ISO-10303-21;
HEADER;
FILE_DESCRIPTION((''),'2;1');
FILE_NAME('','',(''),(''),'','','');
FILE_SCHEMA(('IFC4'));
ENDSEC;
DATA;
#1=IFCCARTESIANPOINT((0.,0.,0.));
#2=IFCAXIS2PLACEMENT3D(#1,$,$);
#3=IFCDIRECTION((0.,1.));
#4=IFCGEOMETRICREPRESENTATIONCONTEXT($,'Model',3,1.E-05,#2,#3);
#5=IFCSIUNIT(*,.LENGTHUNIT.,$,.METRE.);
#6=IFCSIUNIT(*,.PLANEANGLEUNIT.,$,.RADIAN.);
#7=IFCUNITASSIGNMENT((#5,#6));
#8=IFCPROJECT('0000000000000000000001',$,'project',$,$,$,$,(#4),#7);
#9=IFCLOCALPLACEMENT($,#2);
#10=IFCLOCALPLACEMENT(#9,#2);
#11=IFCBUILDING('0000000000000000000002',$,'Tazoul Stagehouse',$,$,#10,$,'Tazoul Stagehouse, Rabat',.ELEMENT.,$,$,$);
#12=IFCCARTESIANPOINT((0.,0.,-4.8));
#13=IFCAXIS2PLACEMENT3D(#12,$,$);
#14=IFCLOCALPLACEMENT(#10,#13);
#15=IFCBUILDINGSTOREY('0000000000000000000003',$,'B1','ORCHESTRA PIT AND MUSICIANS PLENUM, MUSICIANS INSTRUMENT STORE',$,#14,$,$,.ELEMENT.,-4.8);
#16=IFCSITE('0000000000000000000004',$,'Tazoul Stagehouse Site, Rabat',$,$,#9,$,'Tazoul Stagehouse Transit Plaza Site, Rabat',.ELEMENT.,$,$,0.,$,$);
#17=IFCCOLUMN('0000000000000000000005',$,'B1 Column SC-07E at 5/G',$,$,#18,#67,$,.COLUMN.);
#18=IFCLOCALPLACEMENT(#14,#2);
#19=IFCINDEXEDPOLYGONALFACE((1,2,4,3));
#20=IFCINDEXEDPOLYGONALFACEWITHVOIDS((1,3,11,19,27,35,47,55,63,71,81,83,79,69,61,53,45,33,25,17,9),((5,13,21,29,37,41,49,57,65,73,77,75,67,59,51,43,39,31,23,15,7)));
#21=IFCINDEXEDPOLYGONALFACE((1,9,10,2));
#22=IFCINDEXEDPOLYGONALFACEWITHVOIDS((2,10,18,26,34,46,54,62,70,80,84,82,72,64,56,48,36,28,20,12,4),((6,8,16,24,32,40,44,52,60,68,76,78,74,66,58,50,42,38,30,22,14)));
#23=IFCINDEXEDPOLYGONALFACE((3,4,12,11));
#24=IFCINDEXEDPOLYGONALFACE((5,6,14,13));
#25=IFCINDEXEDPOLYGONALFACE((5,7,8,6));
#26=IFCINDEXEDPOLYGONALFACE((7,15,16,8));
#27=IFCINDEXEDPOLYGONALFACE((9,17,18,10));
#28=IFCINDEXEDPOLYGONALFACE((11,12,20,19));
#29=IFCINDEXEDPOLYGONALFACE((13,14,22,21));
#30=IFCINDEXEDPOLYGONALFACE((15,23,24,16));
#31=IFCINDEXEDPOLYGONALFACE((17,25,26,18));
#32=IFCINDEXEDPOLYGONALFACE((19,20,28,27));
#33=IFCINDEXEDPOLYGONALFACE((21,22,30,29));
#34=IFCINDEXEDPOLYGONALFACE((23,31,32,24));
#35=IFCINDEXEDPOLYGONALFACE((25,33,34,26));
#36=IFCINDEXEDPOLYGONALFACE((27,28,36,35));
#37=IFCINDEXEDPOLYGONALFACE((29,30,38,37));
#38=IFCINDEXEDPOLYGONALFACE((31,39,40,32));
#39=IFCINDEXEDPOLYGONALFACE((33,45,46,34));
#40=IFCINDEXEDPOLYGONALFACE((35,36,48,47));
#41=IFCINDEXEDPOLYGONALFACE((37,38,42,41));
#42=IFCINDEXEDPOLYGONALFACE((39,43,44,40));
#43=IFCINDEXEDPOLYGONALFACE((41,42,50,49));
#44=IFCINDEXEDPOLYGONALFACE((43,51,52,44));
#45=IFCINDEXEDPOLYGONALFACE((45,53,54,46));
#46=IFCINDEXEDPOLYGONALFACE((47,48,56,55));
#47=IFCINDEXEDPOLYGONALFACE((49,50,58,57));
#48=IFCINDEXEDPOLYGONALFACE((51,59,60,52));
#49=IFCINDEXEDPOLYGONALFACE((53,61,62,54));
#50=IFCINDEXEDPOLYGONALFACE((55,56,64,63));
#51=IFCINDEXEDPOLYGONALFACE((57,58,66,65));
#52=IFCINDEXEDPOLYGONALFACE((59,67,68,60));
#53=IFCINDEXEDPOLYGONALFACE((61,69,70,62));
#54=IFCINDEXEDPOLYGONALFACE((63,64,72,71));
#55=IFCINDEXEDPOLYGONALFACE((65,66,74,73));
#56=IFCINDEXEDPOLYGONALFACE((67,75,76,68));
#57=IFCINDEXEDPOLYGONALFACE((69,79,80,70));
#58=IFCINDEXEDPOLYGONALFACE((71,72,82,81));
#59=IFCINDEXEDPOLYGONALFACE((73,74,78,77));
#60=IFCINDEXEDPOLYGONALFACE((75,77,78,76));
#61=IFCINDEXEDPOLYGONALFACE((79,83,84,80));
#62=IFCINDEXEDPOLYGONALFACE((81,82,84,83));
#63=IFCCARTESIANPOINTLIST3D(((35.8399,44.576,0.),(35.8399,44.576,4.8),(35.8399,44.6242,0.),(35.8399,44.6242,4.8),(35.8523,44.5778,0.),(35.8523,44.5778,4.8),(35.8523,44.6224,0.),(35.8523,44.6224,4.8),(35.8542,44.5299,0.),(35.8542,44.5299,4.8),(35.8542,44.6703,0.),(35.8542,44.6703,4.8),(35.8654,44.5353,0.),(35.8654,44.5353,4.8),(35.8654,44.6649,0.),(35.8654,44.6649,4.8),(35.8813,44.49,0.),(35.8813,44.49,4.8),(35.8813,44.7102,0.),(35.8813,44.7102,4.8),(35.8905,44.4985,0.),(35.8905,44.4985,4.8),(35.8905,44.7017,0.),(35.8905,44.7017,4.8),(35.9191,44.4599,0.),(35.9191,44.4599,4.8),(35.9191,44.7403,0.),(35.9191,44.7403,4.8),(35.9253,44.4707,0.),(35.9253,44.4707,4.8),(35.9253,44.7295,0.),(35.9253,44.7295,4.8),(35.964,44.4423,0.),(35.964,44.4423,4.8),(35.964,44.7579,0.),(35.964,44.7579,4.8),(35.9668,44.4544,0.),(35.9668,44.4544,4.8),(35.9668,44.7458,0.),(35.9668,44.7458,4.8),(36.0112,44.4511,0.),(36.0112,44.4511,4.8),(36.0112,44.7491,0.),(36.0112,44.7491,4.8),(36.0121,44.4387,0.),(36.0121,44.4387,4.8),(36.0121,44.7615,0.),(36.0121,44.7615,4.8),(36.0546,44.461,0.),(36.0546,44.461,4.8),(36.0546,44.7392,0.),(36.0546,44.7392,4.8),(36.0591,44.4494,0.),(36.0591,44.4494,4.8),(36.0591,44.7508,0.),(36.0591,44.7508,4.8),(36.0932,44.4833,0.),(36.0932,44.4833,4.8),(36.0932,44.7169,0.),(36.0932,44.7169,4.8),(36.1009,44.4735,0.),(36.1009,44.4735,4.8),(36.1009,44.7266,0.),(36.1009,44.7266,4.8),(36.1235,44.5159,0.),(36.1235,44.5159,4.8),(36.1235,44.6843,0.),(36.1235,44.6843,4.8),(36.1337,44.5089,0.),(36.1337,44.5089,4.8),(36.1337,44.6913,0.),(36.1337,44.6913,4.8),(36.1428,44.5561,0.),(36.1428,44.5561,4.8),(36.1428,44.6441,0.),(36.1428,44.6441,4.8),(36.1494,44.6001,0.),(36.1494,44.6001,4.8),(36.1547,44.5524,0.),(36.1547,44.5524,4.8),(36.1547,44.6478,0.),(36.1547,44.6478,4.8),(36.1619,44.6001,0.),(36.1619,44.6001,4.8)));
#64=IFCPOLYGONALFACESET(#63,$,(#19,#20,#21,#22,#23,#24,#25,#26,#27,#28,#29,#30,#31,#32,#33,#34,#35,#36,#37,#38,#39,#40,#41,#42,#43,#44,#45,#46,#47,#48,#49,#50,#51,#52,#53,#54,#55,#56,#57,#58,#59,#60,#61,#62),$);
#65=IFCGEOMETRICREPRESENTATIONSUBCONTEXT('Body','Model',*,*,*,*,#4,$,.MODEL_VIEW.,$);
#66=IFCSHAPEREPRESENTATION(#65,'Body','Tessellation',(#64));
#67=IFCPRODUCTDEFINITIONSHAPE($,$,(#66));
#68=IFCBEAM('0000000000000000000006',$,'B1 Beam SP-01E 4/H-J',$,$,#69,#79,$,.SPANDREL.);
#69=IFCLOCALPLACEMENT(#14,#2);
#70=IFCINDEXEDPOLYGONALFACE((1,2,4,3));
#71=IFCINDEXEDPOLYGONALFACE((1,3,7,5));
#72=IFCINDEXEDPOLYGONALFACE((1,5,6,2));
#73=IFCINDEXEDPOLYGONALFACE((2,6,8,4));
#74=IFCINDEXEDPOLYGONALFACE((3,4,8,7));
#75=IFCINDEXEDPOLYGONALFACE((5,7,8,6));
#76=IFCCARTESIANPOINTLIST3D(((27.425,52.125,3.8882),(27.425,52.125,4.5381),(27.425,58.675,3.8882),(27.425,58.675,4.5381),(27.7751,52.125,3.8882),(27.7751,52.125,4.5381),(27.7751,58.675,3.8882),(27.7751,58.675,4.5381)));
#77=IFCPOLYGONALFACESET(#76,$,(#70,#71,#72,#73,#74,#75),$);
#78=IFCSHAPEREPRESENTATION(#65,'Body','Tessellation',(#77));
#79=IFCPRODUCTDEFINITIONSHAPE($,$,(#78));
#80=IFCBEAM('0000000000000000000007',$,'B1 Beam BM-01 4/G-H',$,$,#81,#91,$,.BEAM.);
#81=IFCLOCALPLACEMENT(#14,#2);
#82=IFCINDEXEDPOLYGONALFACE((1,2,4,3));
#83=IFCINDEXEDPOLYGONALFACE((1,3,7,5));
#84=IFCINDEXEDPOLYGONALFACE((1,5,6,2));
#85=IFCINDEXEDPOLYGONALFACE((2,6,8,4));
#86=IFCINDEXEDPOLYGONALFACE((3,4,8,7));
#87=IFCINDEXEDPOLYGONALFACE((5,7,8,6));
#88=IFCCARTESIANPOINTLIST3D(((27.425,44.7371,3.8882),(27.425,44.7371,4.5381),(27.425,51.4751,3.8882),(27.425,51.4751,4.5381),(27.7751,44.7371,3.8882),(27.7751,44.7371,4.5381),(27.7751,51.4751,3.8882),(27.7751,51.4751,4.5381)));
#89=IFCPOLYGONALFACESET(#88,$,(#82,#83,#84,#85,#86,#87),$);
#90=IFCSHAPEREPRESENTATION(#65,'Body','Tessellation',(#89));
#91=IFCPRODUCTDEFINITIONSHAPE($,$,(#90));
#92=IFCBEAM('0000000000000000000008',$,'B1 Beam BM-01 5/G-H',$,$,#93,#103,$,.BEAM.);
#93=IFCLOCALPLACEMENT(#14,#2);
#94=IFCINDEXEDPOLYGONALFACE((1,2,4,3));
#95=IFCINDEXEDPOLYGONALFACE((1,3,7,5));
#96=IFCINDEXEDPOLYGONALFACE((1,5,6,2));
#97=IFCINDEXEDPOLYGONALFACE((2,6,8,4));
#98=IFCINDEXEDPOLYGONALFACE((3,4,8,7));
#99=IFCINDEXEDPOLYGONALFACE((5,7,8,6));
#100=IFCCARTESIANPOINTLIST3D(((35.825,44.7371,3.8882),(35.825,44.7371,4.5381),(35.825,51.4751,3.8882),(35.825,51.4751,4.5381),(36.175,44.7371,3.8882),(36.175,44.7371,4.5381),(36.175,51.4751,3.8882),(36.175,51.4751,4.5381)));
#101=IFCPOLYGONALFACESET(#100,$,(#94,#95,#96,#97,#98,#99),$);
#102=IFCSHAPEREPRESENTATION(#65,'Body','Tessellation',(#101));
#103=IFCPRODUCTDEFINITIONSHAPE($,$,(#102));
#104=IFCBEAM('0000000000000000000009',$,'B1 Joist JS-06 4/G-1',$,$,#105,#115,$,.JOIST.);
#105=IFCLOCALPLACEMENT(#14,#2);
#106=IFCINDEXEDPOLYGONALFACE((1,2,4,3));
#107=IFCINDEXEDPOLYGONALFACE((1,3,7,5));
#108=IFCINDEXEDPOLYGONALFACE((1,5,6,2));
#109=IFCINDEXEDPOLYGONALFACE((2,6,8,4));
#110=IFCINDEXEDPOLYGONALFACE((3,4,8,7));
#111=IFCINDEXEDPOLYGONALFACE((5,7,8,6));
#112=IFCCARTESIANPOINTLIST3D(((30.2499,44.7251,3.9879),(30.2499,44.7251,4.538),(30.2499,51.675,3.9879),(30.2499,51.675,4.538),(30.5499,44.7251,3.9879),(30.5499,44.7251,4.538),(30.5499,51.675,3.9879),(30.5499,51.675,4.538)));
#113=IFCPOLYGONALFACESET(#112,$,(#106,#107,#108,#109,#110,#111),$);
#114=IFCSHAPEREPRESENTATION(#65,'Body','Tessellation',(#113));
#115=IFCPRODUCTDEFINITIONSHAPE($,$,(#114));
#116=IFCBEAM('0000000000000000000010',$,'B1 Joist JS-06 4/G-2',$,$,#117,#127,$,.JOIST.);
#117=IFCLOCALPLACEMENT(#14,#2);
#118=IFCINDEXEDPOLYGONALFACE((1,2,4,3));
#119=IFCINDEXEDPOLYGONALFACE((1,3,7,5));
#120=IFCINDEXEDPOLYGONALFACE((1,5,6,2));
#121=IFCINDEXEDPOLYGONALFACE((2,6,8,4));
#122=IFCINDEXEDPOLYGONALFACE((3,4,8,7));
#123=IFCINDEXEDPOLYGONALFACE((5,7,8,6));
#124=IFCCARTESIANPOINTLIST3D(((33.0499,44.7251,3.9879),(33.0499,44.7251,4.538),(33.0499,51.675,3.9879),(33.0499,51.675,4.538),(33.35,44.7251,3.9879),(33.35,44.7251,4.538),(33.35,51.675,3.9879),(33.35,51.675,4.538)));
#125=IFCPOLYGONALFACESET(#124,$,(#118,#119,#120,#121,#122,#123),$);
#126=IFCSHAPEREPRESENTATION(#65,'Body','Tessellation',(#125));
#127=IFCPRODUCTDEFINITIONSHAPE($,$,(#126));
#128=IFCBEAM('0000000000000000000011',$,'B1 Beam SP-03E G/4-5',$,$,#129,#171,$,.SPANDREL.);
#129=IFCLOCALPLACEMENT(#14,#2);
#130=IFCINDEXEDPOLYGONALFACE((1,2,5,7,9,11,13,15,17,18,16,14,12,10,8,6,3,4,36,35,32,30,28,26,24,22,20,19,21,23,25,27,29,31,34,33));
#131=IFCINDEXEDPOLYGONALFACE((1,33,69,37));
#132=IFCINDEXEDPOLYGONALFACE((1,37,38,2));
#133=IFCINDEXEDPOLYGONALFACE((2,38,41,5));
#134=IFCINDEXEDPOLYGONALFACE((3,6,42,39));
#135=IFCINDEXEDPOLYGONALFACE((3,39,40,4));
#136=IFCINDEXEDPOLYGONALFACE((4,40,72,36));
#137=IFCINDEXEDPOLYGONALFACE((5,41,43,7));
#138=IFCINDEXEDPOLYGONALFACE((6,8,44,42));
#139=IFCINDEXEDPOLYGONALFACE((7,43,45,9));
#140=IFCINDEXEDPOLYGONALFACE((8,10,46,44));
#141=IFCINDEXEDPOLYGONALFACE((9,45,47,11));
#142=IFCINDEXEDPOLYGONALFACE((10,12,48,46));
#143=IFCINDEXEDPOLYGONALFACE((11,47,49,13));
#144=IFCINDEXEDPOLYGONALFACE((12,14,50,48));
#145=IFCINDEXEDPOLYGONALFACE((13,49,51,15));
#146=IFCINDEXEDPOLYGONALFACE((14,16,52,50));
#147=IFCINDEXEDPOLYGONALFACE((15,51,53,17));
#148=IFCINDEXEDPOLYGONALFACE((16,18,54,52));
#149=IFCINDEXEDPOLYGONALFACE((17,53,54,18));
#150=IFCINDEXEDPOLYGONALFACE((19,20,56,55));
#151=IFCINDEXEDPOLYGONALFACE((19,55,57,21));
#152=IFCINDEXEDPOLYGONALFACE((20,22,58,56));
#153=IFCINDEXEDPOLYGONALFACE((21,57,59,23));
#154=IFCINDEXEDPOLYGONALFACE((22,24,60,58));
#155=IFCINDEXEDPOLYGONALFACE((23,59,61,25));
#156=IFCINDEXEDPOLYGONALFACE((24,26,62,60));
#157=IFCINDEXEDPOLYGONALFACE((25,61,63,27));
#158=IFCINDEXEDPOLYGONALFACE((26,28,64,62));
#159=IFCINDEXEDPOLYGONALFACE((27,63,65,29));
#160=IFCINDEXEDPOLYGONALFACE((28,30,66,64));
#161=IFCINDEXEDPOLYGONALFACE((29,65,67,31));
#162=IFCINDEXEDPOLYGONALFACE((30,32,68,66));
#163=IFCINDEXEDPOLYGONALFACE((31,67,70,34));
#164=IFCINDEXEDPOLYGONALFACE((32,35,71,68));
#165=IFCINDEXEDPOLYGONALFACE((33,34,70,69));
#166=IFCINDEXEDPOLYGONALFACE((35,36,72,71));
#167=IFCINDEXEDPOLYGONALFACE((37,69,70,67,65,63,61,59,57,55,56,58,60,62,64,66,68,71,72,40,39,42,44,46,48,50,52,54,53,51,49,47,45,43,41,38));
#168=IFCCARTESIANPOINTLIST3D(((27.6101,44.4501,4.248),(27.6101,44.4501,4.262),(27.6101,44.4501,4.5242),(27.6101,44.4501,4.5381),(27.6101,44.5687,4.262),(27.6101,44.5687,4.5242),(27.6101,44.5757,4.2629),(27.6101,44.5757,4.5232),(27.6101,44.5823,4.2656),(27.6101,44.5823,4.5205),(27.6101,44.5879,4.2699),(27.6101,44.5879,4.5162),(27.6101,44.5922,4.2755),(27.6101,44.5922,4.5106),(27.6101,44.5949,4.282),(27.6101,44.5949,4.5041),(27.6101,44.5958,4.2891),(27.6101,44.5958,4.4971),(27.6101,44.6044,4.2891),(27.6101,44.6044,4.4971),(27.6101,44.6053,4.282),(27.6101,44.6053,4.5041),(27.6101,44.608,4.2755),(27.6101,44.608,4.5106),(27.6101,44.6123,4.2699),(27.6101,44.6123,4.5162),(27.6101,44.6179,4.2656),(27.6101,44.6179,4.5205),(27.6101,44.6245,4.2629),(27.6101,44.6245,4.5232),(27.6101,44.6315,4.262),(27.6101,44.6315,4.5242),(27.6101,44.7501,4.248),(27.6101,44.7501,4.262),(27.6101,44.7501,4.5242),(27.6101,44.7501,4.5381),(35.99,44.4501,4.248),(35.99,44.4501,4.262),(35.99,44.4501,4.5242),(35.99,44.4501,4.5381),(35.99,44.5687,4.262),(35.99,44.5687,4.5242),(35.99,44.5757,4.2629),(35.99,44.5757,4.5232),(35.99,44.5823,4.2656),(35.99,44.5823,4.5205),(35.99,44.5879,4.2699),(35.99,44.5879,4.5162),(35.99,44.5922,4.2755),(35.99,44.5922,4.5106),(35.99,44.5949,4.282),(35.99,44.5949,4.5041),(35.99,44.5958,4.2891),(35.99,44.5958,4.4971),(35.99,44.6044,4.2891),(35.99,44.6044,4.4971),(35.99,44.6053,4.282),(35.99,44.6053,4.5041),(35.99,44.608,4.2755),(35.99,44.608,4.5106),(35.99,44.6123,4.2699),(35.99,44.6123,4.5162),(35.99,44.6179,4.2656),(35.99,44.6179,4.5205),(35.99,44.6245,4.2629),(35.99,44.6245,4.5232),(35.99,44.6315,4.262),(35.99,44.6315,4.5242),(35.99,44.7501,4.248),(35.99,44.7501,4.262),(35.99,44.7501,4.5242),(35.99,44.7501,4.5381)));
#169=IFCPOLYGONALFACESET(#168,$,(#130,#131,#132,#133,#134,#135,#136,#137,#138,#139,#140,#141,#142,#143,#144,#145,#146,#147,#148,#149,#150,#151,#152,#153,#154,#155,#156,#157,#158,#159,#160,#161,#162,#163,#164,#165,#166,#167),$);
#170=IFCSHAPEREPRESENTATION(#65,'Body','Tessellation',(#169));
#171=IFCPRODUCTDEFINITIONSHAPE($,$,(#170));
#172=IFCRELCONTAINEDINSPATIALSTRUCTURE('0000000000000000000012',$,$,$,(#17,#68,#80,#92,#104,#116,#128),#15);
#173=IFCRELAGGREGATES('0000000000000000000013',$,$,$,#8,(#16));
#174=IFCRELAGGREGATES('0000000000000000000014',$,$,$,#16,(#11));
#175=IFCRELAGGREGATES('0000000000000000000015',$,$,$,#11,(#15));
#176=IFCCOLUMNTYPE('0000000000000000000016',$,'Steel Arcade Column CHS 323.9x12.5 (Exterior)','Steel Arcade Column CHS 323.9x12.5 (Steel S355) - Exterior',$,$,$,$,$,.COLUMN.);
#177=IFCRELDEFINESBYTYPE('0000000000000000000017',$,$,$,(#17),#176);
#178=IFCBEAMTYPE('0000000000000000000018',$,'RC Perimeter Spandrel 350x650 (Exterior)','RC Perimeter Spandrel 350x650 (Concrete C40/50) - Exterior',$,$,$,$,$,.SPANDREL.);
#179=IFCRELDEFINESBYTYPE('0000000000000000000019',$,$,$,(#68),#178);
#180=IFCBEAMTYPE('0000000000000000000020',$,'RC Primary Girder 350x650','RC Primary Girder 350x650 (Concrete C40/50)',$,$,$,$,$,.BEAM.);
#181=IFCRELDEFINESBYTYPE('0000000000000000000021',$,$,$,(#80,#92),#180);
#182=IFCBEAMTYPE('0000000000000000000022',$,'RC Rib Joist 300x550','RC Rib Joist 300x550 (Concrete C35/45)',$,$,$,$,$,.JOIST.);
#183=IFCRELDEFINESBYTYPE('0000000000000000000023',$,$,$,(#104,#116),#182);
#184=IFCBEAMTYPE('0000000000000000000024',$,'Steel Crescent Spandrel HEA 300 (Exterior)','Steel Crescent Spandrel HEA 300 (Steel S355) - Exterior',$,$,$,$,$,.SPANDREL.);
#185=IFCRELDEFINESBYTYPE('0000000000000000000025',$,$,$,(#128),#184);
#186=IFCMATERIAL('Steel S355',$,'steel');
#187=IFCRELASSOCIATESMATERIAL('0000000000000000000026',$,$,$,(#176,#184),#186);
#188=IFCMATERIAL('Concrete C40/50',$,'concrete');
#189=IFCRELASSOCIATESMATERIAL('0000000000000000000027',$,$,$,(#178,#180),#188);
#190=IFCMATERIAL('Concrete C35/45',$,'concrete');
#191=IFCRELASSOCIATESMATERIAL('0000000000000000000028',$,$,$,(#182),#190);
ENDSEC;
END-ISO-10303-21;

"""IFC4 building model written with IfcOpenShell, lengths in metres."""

from ifc_helpers import new_model, si_unit, direction, frame, origin, origin_2d, place, context, subcontext, project, spatial, rectangle, hollow_circle, i_section, extrude, material, material_profile, profile_set, type_object, element, save


model = new_model("IFC4")

# Units and contexts
model_context = context("Model", 3, precision=1e-05, world=origin(), true_north=direction((0.0, 1.0)))
body_context = subcontext(model_context, "Body", "Model", "MODEL_VIEW")
ifc_project = project(units=[si_unit("LENGTHUNIT", "METRE"), si_unit("PLANEANGLEUNIT", "RADIAN")], contexts=[model_context])

# Site, building, storey
site_placement = place(None, origin())
site = spatial("IfcSite", under=ifc_project, at=site_placement, Name="Tazoul Stagehouse Site, Rabat", LongName="Tazoul Stagehouse Transit Plaza Site, Rabat", CompositionType="ELEMENT", RefElevation=0.0)
building_placement = place(site_placement, origin())
building = spatial("IfcBuilding", under=site, at=building_placement, Name="Tazoul Stagehouse", LongName="Tazoul Stagehouse, Rabat", CompositionType="ELEMENT")
storey_placement = place(building_placement, frame((0.0, 0.0, -4.8)))
storey = spatial("IfcBuildingStorey", under=building, at=storey_placement, Name="B1", Description="ORCHESTRA PIT AND MUSICIANS PLENUM, MUSICIANS INSTRUMENT STORE", CompositionType="ELEMENT", Elevation=-4.8)

# Shared definitions
ifc_material_1 = material(Name="Concrete C35/45", Category="concrete")

# Column
ifc_material_2 = material(Name="Concrete C40/50", Category="concrete")
ifc_material_3 = material(Name="Steel S355", Category="steel")
ifc_material_profile_1 = material_profile(ifc_material_3, hollow_circle(Radius=0.1619, WallThickness=0.0125, at=origin_2d()), Name="CHS 323.9x12.5")
ifc_profile_set_1 = profile_set([ifc_material_profile_1], Name="Steel S355")
column_type_1 = type_object("IfcColumnType", Name="Steel Arcade Column CHS 323.9x12.5 (Exterior)", Description="Steel Arcade Column CHS 323.9x12.5 (Steel S355) - Exterior", PredefinedType="COLUMN", material=ifc_profile_set_1)
for number, where, z_axis, x_axis, name in (
    (1, (36.0, 44.6001, 0.0), (0.0, 0.0, 1.0), (1.0, 0.0, 0.0), "B1 Column SC-07E at 5/G"),
):
    element("IfcColumn", number, at=place(storey_placement, frame(where, z_axis=z_axis, x_axis=x_axis)), inside=storey, type_object=column_type_1, Name=name, PredefinedType="COLUMN", context=body_context, shape_type="SweptSolid", body=[
        extrude(hollow_circle(Radius=0.1619, WallThickness=0.0125, at=origin_2d()), origin(), (0.0, 0.0, 1.0), 4.8),
    ])

# Beams
ifc_material_profile_2 = material_profile(ifc_material_2, rectangle(XDim=0.3501, YDim=0.6499, at=origin_2d()), Name="RC 350x650")
ifc_profile_set_2 = profile_set([ifc_material_profile_2], Name="Concrete C40/50")
beam_type_1 = type_object("IfcBeamType", Name="RC Perimeter Spandrel 350x650 (Exterior)", Description="RC Perimeter Spandrel 350x650 (Concrete C40/50) - Exterior", PredefinedType="SPANDREL", material=ifc_profile_set_2)
beam_1_placement = place(storey_placement, frame((27.6001, 52.125, 4.2131), z_axis=(0.0, 1.0, 0.0), x_axis=(-1.0, 0.0, 0.0)))
element("IfcBeam", 2, at=beam_1_placement, inside=storey, type_object=beam_type_1, Name="B1 Beam SP-01E 4/H-J", PredefinedType="SPANDREL", context=body_context, shape_type="SweptSolid", body=[
    extrude(rectangle(XDim=0.3501, YDim=0.6499, at=origin_2d()), origin(), (0.0, 0.0, 1.0), 6.55),
])
ifc_material_profile_3 = material_profile(ifc_material_2, rectangle(XDim=0.3501, YDim=0.6499, at=origin_2d()), Name="RC 350x650")
ifc_profile_set_3 = profile_set([ifc_material_profile_3], Name="Concrete C40/50")
beam_type_2 = type_object("IfcBeamType", Name="RC Primary Girder 350x650", Description="RC Primary Girder 350x650 (Concrete C40/50)", PredefinedType="BEAM", material=ifc_profile_set_3)
for number, where, z_axis, x_axis, name in (
    (3, (27.6001, 44.7371, 4.2131), (0.0, 1.0, 0.0), (-1.0, 0.0, 0.0), "B1 Beam BM-01 4/G-H"),
    (4, (36.0, 44.7371, 4.2131), (0.0, 1.0, 0.0), (-1.0, 0.0, 0.0), "B1 Beam BM-01 5/G-H"),
):
    element("IfcBeam", number, at=place(storey_placement, frame(where, z_axis=z_axis, x_axis=x_axis)), inside=storey, type_object=beam_type_2, Name=name, PredefinedType="BEAM", context=body_context, shape_type="SweptSolid", body=[
        extrude(rectangle(XDim=0.3501, YDim=0.6499, at=origin_2d()), origin(), (0.0, 0.0, 1.0), 6.738),
    ])
ifc_material_profile_4 = material_profile(ifc_material_1, rectangle(XDim=0.3, YDim=0.55, at=origin_2d()), Name="RC 300x550")
ifc_profile_set_4 = profile_set([ifc_material_profile_4], Name="Concrete C35/45")
beam_type_3 = type_object("IfcBeamType", Name="RC Rib Joist 300x550", Description="RC Rib Joist 300x550 (Concrete C35/45)", PredefinedType="JOIST", material=ifc_profile_set_4)
for number, where, z_axis, x_axis, name in (
    (5, (30.3999, 44.7251, 4.2629), (0.0, 1.0, 0.0), (-1.0, 0.0, 0.0), "B1 Joist JS-06 4/G-1"),
    (6, (33.2, 44.7251, 4.2629), (0.0, 1.0, 0.0), (-1.0, 0.0, 0.0), "B1 Joist JS-06 4/G-2"),
):
    element("IfcBeam", number, at=place(storey_placement, frame(where, z_axis=z_axis, x_axis=x_axis)), inside=storey, type_object=beam_type_3, Name=name, PredefinedType="JOIST", context=body_context, shape_type="SweptSolid", body=[
        extrude(rectangle(XDim=0.3, YDim=0.55, at=origin_2d()), origin(), (0.0, 0.0, 1.0), 6.95),
    ])
ifc_material_profile_5 = material_profile(ifc_material_3, i_section(OverallWidth=0.3, OverallDepth=0.29, WebThickness=0.0085, FlangeThickness=0.0139, FilletRadius=0.0271, at=origin_2d()), Name="HEA 300")
ifc_profile_set_5 = profile_set([ifc_material_profile_5], Name="Steel S355")
beam_type_4 = type_object("IfcBeamType", Name="Steel Crescent Spandrel HEA 300 (Exterior)", Description="Steel Crescent Spandrel HEA 300 (Steel S355) - Exterior", PredefinedType="SPANDREL", material=ifc_profile_set_5)
beam_2_placement = place(storey_placement, frame((27.6101, 44.6001, 4.3931), z_axis=(1.0, 0.0, 0.0), x_axis=(0.0, 1.0, 0.0)))
element("IfcBeam", 7, at=beam_2_placement, inside=storey, type_object=beam_type_4, Name="B1 Beam SP-03E G/4-5", PredefinedType="SPANDREL", context=body_context, shape_type="SweptSolid", body=[
    extrude(i_section(OverallWidth=0.3, OverallDepth=0.29, WebThickness=0.0085, FlangeThickness=0.0139, FilletRadius=0.0271, at=origin_2d()), origin(), (0.0, 0.0, 1.0), 8.3799),
])

save(model, "model.ifc")
